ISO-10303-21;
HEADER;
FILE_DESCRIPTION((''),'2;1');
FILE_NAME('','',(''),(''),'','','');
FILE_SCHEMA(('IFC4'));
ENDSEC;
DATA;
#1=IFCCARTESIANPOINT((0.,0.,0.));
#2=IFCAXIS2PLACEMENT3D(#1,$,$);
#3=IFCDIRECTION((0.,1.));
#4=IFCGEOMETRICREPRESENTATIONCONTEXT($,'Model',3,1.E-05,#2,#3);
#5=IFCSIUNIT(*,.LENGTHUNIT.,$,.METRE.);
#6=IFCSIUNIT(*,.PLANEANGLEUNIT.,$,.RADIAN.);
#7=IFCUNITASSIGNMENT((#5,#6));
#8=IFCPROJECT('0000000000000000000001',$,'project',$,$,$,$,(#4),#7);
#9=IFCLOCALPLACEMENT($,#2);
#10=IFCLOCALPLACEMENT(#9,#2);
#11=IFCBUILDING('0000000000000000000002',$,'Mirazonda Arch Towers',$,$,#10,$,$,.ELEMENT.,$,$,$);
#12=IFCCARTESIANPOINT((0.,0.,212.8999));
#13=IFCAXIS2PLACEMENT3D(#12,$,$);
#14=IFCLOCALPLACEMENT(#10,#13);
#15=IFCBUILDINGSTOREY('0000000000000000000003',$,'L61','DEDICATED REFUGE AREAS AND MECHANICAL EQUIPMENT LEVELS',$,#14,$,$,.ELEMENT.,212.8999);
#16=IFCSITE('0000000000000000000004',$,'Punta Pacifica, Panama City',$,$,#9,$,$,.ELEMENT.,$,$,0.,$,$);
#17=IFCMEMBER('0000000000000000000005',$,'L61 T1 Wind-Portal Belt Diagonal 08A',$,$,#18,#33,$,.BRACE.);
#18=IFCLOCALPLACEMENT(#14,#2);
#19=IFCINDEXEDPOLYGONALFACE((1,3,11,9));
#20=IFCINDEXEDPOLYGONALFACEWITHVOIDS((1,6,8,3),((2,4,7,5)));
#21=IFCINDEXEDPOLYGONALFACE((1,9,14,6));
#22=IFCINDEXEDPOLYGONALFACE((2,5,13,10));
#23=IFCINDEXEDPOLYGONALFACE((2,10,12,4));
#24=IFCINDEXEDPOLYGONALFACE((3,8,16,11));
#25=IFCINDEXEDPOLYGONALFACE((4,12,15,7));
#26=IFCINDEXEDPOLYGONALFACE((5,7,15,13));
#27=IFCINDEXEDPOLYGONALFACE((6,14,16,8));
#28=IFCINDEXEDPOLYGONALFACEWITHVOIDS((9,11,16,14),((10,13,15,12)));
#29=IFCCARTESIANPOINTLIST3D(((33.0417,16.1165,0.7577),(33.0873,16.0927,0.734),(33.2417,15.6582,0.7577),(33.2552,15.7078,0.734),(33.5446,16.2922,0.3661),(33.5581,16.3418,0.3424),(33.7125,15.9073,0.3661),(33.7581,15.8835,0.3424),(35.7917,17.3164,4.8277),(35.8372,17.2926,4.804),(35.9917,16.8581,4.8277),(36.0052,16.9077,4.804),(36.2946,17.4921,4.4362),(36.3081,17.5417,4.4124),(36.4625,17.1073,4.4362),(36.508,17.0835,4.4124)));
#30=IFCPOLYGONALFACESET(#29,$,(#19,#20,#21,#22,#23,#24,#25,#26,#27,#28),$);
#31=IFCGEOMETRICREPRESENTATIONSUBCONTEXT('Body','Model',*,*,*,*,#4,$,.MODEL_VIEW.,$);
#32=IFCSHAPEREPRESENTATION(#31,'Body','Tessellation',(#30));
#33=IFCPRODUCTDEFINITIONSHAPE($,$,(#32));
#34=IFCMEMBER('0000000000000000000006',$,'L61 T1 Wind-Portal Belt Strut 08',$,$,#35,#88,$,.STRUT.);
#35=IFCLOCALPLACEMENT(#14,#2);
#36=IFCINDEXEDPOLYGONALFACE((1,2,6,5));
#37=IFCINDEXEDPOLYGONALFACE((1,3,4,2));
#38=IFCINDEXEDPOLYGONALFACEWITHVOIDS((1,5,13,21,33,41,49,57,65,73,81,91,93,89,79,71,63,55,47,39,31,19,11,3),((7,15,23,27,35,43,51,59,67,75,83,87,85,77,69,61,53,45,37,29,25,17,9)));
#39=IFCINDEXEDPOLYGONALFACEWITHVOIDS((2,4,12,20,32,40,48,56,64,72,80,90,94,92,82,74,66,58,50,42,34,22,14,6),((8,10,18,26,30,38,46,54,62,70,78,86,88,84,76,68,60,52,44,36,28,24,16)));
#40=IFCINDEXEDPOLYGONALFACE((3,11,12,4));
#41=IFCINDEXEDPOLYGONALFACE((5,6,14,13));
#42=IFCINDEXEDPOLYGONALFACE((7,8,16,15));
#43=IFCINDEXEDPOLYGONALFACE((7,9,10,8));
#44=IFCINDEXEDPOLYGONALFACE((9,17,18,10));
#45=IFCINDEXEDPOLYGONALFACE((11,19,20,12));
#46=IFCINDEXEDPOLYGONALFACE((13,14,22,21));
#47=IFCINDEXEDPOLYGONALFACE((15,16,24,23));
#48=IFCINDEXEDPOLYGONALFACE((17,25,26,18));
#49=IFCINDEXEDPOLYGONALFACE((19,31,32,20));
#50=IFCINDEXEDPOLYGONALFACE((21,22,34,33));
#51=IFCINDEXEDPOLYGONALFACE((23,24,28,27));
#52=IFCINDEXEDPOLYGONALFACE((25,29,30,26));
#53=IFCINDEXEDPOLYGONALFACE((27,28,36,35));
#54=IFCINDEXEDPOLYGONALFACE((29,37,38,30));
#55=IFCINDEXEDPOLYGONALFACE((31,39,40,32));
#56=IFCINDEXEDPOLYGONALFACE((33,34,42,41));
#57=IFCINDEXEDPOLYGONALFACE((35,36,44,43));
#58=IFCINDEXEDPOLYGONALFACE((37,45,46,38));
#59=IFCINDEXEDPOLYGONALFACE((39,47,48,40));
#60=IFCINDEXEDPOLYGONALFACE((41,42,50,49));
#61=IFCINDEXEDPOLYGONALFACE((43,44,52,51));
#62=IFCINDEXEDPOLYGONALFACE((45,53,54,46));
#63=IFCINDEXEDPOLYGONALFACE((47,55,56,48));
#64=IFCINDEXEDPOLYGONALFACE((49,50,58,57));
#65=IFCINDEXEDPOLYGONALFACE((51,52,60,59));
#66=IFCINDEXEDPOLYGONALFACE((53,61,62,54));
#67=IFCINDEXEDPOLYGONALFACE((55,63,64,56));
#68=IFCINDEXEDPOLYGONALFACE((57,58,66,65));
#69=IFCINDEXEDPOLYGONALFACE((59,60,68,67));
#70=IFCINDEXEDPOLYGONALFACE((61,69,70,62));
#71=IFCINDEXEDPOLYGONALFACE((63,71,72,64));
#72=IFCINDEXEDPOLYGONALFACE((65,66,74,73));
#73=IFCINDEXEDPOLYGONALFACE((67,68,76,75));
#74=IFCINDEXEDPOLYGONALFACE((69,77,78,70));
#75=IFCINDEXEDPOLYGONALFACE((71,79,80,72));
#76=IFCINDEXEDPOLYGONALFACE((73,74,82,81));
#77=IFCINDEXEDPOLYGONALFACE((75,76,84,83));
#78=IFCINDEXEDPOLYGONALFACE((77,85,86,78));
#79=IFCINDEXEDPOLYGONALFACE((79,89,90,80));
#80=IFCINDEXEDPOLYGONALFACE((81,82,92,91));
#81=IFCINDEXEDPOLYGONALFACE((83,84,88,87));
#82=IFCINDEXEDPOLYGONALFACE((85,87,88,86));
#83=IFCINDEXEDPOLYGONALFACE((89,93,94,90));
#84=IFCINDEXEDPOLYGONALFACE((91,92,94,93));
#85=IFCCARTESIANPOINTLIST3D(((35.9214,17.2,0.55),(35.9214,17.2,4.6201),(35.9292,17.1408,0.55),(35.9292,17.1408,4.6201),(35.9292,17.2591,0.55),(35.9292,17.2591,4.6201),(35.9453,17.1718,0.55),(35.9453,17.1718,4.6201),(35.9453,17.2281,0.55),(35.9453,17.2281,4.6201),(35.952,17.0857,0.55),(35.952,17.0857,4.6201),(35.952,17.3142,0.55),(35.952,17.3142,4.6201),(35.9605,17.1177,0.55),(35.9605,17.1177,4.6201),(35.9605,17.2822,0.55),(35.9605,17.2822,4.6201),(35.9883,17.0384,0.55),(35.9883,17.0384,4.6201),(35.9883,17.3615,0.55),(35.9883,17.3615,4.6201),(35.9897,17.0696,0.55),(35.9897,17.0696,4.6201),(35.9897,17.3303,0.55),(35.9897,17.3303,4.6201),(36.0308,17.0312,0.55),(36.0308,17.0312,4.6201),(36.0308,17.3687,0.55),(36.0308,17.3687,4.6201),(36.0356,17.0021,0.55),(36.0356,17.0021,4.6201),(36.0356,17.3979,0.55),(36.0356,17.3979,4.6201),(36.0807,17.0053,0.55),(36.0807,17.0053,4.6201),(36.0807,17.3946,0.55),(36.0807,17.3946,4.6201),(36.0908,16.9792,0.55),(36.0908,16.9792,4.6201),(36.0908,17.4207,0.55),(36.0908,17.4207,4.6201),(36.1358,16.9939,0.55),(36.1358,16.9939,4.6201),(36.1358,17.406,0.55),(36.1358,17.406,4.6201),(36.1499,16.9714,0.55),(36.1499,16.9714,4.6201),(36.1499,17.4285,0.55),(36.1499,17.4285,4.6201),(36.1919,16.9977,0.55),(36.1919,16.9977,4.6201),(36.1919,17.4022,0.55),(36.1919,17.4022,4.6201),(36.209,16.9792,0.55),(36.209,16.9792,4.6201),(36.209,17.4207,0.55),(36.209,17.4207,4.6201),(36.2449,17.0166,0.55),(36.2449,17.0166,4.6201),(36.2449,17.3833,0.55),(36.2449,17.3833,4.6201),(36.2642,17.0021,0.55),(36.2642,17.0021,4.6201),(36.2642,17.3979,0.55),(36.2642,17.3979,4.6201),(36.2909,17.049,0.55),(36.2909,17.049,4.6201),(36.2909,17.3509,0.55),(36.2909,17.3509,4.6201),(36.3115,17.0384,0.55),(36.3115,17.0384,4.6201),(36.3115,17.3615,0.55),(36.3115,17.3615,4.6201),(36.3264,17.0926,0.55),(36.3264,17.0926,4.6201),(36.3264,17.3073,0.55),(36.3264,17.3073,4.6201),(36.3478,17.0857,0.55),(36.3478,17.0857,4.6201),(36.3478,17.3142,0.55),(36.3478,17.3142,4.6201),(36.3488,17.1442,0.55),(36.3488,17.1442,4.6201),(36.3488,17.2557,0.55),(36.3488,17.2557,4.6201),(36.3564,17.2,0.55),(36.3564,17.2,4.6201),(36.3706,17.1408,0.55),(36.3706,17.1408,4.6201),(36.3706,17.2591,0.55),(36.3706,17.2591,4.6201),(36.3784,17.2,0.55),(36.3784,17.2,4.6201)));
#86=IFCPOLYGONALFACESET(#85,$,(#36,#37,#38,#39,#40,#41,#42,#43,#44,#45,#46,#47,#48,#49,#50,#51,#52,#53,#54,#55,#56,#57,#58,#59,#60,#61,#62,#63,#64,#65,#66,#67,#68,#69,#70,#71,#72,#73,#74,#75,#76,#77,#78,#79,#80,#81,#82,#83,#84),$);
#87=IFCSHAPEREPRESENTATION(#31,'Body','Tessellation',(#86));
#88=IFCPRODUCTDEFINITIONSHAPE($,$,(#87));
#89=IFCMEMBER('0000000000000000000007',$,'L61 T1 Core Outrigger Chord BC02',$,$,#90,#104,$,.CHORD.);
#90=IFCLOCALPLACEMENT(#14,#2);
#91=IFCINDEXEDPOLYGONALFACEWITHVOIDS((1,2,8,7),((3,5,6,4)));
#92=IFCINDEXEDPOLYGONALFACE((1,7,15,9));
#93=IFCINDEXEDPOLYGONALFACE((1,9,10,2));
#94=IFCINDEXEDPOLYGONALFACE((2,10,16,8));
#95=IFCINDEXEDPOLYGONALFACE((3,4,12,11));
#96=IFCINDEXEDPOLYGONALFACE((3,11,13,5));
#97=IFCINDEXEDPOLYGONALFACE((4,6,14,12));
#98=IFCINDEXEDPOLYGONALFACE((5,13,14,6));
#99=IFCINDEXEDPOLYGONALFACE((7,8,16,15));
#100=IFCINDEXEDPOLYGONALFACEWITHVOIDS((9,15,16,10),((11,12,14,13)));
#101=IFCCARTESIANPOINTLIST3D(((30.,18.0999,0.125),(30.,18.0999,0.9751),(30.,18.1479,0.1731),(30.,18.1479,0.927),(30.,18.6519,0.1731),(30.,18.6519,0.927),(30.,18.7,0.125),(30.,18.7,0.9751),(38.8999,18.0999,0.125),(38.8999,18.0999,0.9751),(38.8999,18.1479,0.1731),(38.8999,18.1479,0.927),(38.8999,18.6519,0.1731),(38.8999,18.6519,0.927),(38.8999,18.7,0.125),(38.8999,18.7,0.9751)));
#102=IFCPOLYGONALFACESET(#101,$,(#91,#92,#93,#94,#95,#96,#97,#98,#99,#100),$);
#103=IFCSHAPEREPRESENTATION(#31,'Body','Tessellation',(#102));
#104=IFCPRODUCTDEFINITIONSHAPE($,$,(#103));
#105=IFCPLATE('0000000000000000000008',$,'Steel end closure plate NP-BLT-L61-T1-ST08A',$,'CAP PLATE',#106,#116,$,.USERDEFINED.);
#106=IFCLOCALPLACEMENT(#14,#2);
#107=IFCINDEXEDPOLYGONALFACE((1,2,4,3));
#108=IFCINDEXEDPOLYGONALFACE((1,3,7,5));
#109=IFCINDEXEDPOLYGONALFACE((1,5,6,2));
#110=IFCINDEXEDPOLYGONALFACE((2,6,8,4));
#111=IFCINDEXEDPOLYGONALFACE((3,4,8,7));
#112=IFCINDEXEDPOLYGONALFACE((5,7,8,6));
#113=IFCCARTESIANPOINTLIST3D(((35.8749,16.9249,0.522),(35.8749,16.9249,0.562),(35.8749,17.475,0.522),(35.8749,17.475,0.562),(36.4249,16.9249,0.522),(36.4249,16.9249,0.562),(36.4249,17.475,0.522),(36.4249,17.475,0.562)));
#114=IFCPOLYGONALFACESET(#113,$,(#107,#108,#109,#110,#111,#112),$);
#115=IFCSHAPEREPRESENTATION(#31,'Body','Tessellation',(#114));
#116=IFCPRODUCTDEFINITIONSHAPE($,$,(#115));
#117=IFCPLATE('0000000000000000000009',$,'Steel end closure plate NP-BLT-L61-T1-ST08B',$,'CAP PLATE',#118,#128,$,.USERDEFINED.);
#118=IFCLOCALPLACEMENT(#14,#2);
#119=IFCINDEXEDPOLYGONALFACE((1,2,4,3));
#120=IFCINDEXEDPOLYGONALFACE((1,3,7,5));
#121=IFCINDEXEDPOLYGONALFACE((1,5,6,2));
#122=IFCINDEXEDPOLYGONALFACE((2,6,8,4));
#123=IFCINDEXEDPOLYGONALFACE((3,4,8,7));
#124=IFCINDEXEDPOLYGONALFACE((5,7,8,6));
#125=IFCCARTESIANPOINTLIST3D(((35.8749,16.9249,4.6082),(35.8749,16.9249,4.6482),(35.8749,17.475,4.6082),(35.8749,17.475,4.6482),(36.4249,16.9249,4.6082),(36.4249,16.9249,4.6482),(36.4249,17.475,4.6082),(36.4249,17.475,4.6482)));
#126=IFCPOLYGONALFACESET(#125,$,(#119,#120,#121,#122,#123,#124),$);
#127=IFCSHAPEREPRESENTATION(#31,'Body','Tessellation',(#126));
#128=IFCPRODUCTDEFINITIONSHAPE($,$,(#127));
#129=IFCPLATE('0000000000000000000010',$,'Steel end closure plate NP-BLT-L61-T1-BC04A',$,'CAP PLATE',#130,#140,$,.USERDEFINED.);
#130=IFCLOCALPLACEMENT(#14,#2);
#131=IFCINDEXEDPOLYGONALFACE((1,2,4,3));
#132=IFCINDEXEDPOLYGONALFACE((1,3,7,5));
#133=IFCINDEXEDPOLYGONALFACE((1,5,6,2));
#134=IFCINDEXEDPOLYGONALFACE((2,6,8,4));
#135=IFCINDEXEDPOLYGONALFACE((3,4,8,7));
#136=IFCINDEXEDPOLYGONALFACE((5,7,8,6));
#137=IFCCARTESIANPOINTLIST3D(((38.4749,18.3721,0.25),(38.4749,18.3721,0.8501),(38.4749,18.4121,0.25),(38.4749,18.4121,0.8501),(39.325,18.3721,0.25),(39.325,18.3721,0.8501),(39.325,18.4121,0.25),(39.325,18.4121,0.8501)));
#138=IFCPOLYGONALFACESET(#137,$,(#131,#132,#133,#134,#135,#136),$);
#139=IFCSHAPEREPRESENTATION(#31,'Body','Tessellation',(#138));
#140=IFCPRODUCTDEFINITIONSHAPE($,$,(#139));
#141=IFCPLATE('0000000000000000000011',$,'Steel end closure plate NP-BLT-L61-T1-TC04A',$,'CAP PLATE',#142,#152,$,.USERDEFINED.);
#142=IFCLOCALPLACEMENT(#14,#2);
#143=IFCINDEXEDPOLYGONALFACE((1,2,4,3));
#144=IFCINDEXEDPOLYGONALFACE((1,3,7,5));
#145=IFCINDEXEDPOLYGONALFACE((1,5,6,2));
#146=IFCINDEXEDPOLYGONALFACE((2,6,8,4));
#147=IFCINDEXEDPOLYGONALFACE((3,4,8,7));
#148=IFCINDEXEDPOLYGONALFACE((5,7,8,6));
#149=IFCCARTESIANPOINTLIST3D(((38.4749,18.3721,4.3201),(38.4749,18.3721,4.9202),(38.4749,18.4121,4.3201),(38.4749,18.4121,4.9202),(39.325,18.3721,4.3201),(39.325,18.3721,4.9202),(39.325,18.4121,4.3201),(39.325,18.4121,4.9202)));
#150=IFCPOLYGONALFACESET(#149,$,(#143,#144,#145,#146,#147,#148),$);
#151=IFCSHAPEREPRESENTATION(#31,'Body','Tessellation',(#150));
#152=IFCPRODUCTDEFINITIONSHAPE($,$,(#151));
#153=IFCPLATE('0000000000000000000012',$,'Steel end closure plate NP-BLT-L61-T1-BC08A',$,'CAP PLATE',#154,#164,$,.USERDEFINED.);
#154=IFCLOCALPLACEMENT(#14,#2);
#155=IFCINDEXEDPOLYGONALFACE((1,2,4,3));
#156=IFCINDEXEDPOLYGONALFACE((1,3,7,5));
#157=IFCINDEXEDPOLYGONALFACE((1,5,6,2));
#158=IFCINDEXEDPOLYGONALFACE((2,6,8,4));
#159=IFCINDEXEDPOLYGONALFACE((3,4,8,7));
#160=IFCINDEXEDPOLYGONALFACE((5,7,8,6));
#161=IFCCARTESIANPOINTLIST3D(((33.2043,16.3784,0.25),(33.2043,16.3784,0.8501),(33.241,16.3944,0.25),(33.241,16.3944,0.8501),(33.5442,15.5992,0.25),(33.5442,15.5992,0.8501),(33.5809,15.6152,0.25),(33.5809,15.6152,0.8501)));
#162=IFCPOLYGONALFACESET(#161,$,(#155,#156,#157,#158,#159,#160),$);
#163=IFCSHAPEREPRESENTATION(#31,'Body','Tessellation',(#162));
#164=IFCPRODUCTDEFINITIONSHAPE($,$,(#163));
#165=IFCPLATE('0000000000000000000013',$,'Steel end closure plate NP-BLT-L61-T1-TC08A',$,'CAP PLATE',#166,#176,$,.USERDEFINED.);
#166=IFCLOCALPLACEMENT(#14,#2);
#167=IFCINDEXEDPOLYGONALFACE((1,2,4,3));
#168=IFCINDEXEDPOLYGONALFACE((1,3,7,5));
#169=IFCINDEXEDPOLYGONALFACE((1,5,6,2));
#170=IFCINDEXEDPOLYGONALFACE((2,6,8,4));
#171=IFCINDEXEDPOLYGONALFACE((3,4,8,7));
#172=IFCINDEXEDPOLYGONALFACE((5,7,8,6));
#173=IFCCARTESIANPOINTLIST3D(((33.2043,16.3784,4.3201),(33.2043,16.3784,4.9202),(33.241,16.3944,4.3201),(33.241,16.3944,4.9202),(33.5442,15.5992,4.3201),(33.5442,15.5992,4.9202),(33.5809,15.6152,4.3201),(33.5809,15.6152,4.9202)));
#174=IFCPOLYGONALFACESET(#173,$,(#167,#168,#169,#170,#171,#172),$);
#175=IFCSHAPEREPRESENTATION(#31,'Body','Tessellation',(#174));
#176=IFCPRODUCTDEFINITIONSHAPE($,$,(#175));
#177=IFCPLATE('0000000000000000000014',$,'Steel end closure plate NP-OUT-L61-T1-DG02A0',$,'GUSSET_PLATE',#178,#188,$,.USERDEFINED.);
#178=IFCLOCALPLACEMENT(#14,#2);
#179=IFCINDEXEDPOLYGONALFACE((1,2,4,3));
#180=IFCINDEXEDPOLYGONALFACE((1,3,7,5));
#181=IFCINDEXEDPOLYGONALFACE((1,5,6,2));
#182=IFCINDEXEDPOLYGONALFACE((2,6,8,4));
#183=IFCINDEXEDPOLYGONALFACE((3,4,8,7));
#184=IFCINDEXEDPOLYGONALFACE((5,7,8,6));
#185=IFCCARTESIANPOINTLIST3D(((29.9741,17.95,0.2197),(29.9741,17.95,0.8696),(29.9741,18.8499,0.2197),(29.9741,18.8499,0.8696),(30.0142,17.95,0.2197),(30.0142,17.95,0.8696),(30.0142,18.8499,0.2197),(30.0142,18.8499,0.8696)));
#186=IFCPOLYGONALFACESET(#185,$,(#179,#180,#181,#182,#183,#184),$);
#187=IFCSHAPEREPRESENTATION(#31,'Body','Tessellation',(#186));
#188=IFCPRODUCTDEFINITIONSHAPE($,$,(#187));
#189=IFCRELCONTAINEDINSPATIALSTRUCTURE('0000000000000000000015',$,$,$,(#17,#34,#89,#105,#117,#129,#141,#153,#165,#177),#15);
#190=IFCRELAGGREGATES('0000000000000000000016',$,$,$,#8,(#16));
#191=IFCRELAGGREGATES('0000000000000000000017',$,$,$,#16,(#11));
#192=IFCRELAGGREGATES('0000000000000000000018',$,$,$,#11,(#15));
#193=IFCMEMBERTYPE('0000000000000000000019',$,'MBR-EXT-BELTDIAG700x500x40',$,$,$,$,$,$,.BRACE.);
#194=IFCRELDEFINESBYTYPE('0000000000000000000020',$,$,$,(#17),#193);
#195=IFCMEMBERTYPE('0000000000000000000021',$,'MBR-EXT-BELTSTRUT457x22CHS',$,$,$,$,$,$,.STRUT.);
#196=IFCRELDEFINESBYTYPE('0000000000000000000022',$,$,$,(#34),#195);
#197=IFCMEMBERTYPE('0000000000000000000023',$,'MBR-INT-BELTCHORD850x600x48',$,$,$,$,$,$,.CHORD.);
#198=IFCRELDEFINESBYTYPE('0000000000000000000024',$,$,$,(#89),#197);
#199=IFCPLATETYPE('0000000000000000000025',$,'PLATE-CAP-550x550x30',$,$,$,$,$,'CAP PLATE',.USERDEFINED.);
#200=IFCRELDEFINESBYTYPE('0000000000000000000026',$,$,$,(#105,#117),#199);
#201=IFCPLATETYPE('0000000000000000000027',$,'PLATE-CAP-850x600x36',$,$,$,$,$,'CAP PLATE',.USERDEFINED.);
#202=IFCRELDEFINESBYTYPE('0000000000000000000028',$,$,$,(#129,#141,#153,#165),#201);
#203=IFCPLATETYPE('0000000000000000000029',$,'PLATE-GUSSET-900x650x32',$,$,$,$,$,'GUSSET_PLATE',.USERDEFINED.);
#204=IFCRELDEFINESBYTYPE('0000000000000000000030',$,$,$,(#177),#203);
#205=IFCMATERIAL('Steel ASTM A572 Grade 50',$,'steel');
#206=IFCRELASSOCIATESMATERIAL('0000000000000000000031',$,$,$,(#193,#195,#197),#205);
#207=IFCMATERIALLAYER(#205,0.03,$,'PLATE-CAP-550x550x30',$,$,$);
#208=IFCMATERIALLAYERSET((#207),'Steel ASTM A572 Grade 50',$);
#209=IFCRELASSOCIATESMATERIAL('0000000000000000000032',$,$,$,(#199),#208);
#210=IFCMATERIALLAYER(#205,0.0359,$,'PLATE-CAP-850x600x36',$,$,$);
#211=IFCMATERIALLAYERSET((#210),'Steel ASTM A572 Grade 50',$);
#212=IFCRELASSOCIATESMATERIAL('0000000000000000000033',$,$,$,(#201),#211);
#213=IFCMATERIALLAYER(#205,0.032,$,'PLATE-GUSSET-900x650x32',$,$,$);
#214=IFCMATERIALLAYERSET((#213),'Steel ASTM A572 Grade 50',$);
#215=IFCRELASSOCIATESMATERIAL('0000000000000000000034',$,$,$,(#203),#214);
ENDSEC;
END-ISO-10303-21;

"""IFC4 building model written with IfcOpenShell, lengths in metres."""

from ifc_helpers import new_model, si_unit, direction, frame, origin, origin_2d, place, context, subcontext, project, spatial, rectangle, hollow_rectangle, hollow_circle, extrude, material, layer, layer_set, material_profile, profile_set, type_object, element, save


model = new_model("IFC4")

# Units and contexts
model_context = context("Model", 3, precision=1e-05, world=origin(), true_north=direction((0.0, 1.0)))
body_context = subcontext(model_context, "Body", "Model", "MODEL_VIEW")
ifc_project = project(units=[si_unit("LENGTHUNIT", "METRE"), si_unit("PLANEANGLEUNIT", "RADIAN")], contexts=[model_context])

# Site, building, storey
site_placement = place(None, origin())
site = spatial("IfcSite", under=ifc_project, at=site_placement, Name="Punta Pacifica, Panama City", CompositionType="ELEMENT", RefElevation=0.0)
building_placement = place(site_placement, origin())
building = spatial("IfcBuilding", under=site, at=building_placement, Name="Mirazonda Arch Towers", CompositionType="ELEMENT")
storey_placement = place(building_placement, frame((0.0, 0.0, 212.8999)))
storey = spatial("IfcBuildingStorey", under=building, at=storey_placement, Name="L61", Description="DEDICATED REFUGE AREAS AND MECHANICAL EQUIPMENT LEVELS", CompositionType="ELEMENT", Elevation=212.8999)

# Members
ifc_material_1 = material(Name="Steel ASTM A572 Grade 50", Category="steel")
ifc_material_profile_1 = material_profile(ifc_material_1, hollow_rectangle(XDim=0.5, YDim=0.7, WallThickness=0.04, at=origin_2d()), Name="BELTDIAG700x500x40")
ifc_profile_set_1 = profile_set([ifc_material_profile_1], Name="Steel ASTM A572 Grade 50")
member_type_1 = type_object("IfcMemberType", Name="MBR-EXT-BELTDIAG700x500x40", PredefinedType="BRACE", material=ifc_profile_set_1)
member_1_placement = place(storey_placement, frame((33.3999, 16.0, 0.55), z_axis=(0.543858, 0.23731, 0.804924), x_axis=(-0.399931, 0.916545, 0.0)))
element("IfcMember", 1, at=member_1_placement, inside=storey, type_object=member_type_1, Name="L61 T1 Wind-Portal Belt Diagonal 08A", PredefinedType="BRACE", context=body_context, shape_type="SweptSolid", body=[
    extrude(hollow_rectangle(XDim=0.5, YDim=0.7, WallThickness=0.04, at=origin_2d()), origin(), (0.0, 0.0, 1.0), 5.0564),
])
ifc_material_profile_2 = material_profile(ifc_material_1, hollow_circle(Radius=0.2285, WallThickness=0.022, at=origin_2d()), Name="BELTSTRUT457x22CHS")
ifc_profile_set_2 = profile_set([ifc_material_profile_2], Name="Steel ASTM A572 Grade 50")
member_type_2 = type_object("IfcMemberType", Name="MBR-EXT-BELTSTRUT457x22CHS", PredefinedType="STRUT", material=ifc_profile_set_2)
member_2_placement = place(storey_placement, frame((36.1499, 17.2, 0.55), z_axis=(0.0, 0.0, 1.0), x_axis=(1.0, 0.0, 0.0)))
element("IfcMember", 2, at=member_2_placement, inside=storey, type_object=member_type_2, Name="L61 T1 Wind-Portal Belt Strut 08", PredefinedType="STRUT", context=body_context, shape_type="SweptSolid", body=[
    extrude(hollow_circle(Radius=0.2285, WallThickness=0.022, at=origin_2d()), origin(), (0.0, 0.0, 1.0), 4.0701),
])
ifc_material_profile_3 = material_profile(ifc_material_1, hollow_rectangle(XDim=0.6001, YDim=0.8501, WallThickness=0.0481, at=origin_2d()), Name="BELTCHORD850x600x48")
ifc_profile_set_3 = profile_set([ifc_material_profile_3], Name="Steel ASTM A572 Grade 50")
member_type_3 = type_object("IfcMemberType", Name="MBR-INT-BELTCHORD850x600x48", PredefinedType="CHORD", material=ifc_profile_set_3)
member_3_placement = place(storey_placement, frame((30.0, 18.3999, 0.55), z_axis=(1.0, 0.0, 0.0), x_axis=(0.0, 1.0, 0.0)))
element("IfcMember", 3, at=member_3_placement, inside=storey, type_object=member_type_3, Name="L61 T1 Core Outrigger Chord BC02", PredefinedType="CHORD", context=body_context, shape_type="SweptSolid", body=[
    extrude(hollow_rectangle(XDim=0.6001, YDim=0.8501, WallThickness=0.0481, at=origin_2d()), origin(), (0.0, 0.0, 1.0), 8.8999),
])

# Plates
ifc_layer_1 = layer(ifc_material_1, 0.03, Name="PLATE-CAP-550x550x30")
ifc_layer_set_1 = layer_set([ifc_layer_1], Name="Steel ASTM A572 Grade 50")
plate_type_1 = type_object("IfcPlateType", Name="PLATE-CAP-550x550x30", ElementType="CAP PLATE", PredefinedType="USERDEFINED", material=ifc_layer_set_1)
for number, where, z_axis, x_axis, name in (
    (4, (36.1499, 17.2, 0.522), (0.0, 0.0, 1.0), (1.0, 0.0, 0.0), "Steel end closure plate NP-BLT-L61-T1-ST08A"),
    (5, (36.1499, 17.2, 4.6082), (0.0, 0.0, 1.0), (1.0, 0.0, 0.0), "Steel end closure plate NP-BLT-L61-T1-ST08B"),
):
    element("IfcPlate", number, at=place(storey_placement, frame(where, z_axis=z_axis, x_axis=x_axis)), inside=storey, type_object=plate_type_1, Name=name, ObjectType="CAP PLATE", PredefinedType="USERDEFINED", context=body_context, shape_type="SweptSolid", body=[
        extrude(rectangle(XDim=0.55, YDim=0.55, at=origin_2d()), origin(), (0.0, 0.0, 1.0), 0.04),
    ])
ifc_layer_2 = layer(ifc_material_1, 0.0359, Name="PLATE-CAP-850x600x36")
ifc_layer_set_2 = layer_set([ifc_layer_2], Name="Steel ASTM A572 Grade 50")
plate_type_2 = type_object("IfcPlateType", Name="PLATE-CAP-850x600x36", ElementType="CAP PLATE", PredefinedType="USERDEFINED", material=ifc_layer_set_2)
for number, where, z_axis, x_axis, name in (
    (6, (38.8999, 18.3921, 0.25), (0.0, 0.0, 1.0), (0.0, -1.0, 0.0), "Steel end closure plate NP-BLT-L61-T1-BC04A"),
    (7, (38.8999, 18.3921, 4.3201), (0.0, 0.0, 1.0), (0.0, -1.0, 0.0), "Steel end closure plate NP-BLT-L61-T1-TC04A"),
    (8, (33.3926, 15.9968, 0.25), (0.0, 0.0, 1.0), (-0.916572, -0.399869, 0.0), "Steel end closure plate NP-BLT-L61-T1-BC08A"),
    (9, (33.3926, 15.9968, 4.3201), (0.0, 0.0, 1.0), (-0.916572, -0.399869, 0.0), "Steel end closure plate NP-BLT-L61-T1-TC08A"),
):
    element("IfcPlate", number, at=place(storey_placement, frame(where, z_axis=z_axis, x_axis=x_axis)), inside=storey, type_object=plate_type_2, Name=name, ObjectType="CAP PLATE", PredefinedType="USERDEFINED", context=body_context, shape_type="SweptSolid", body=[
        extrude(rectangle(XDim=0.04, YDim=0.8501, at=origin_2d()), origin(), (0.0, 0.0, 1.0), 0.6001),
    ])
ifc_layer_3 = layer(ifc_material_1, 0.032, Name="PLATE-GUSSET-900x650x32")
ifc_layer_set_3 = layer_set([ifc_layer_3], Name="Steel ASTM A572 Grade 50")
plate_type_3 = type_object("IfcPlateType", Name="PLATE-GUSSET-900x650x32", ElementType="GUSSET_PLATE", PredefinedType="USERDEFINED", material=ifc_layer_set_3)
plate_placement = place(storey_placement, frame((29.9941, 18.3999, 0.2197), z_axis=(0.0, 0.0, 1.0), x_axis=(-1.0, 0.0, 0.0)))
element("IfcPlate", 10, at=plate_placement, inside=storey, type_object=plate_type_3, Name="Steel end closure plate NP-OUT-L61-T1-DG02A0", ObjectType="GUSSET_PLATE", PredefinedType="USERDEFINED", context=body_context, shape_type="SweptSolid", body=[
    extrude(rectangle(XDim=0.04, YDim=0.8999, at=origin_2d()), origin(), (0.0, 0.0, 1.0), 0.6499),
])

save(model, "model.ifc")
